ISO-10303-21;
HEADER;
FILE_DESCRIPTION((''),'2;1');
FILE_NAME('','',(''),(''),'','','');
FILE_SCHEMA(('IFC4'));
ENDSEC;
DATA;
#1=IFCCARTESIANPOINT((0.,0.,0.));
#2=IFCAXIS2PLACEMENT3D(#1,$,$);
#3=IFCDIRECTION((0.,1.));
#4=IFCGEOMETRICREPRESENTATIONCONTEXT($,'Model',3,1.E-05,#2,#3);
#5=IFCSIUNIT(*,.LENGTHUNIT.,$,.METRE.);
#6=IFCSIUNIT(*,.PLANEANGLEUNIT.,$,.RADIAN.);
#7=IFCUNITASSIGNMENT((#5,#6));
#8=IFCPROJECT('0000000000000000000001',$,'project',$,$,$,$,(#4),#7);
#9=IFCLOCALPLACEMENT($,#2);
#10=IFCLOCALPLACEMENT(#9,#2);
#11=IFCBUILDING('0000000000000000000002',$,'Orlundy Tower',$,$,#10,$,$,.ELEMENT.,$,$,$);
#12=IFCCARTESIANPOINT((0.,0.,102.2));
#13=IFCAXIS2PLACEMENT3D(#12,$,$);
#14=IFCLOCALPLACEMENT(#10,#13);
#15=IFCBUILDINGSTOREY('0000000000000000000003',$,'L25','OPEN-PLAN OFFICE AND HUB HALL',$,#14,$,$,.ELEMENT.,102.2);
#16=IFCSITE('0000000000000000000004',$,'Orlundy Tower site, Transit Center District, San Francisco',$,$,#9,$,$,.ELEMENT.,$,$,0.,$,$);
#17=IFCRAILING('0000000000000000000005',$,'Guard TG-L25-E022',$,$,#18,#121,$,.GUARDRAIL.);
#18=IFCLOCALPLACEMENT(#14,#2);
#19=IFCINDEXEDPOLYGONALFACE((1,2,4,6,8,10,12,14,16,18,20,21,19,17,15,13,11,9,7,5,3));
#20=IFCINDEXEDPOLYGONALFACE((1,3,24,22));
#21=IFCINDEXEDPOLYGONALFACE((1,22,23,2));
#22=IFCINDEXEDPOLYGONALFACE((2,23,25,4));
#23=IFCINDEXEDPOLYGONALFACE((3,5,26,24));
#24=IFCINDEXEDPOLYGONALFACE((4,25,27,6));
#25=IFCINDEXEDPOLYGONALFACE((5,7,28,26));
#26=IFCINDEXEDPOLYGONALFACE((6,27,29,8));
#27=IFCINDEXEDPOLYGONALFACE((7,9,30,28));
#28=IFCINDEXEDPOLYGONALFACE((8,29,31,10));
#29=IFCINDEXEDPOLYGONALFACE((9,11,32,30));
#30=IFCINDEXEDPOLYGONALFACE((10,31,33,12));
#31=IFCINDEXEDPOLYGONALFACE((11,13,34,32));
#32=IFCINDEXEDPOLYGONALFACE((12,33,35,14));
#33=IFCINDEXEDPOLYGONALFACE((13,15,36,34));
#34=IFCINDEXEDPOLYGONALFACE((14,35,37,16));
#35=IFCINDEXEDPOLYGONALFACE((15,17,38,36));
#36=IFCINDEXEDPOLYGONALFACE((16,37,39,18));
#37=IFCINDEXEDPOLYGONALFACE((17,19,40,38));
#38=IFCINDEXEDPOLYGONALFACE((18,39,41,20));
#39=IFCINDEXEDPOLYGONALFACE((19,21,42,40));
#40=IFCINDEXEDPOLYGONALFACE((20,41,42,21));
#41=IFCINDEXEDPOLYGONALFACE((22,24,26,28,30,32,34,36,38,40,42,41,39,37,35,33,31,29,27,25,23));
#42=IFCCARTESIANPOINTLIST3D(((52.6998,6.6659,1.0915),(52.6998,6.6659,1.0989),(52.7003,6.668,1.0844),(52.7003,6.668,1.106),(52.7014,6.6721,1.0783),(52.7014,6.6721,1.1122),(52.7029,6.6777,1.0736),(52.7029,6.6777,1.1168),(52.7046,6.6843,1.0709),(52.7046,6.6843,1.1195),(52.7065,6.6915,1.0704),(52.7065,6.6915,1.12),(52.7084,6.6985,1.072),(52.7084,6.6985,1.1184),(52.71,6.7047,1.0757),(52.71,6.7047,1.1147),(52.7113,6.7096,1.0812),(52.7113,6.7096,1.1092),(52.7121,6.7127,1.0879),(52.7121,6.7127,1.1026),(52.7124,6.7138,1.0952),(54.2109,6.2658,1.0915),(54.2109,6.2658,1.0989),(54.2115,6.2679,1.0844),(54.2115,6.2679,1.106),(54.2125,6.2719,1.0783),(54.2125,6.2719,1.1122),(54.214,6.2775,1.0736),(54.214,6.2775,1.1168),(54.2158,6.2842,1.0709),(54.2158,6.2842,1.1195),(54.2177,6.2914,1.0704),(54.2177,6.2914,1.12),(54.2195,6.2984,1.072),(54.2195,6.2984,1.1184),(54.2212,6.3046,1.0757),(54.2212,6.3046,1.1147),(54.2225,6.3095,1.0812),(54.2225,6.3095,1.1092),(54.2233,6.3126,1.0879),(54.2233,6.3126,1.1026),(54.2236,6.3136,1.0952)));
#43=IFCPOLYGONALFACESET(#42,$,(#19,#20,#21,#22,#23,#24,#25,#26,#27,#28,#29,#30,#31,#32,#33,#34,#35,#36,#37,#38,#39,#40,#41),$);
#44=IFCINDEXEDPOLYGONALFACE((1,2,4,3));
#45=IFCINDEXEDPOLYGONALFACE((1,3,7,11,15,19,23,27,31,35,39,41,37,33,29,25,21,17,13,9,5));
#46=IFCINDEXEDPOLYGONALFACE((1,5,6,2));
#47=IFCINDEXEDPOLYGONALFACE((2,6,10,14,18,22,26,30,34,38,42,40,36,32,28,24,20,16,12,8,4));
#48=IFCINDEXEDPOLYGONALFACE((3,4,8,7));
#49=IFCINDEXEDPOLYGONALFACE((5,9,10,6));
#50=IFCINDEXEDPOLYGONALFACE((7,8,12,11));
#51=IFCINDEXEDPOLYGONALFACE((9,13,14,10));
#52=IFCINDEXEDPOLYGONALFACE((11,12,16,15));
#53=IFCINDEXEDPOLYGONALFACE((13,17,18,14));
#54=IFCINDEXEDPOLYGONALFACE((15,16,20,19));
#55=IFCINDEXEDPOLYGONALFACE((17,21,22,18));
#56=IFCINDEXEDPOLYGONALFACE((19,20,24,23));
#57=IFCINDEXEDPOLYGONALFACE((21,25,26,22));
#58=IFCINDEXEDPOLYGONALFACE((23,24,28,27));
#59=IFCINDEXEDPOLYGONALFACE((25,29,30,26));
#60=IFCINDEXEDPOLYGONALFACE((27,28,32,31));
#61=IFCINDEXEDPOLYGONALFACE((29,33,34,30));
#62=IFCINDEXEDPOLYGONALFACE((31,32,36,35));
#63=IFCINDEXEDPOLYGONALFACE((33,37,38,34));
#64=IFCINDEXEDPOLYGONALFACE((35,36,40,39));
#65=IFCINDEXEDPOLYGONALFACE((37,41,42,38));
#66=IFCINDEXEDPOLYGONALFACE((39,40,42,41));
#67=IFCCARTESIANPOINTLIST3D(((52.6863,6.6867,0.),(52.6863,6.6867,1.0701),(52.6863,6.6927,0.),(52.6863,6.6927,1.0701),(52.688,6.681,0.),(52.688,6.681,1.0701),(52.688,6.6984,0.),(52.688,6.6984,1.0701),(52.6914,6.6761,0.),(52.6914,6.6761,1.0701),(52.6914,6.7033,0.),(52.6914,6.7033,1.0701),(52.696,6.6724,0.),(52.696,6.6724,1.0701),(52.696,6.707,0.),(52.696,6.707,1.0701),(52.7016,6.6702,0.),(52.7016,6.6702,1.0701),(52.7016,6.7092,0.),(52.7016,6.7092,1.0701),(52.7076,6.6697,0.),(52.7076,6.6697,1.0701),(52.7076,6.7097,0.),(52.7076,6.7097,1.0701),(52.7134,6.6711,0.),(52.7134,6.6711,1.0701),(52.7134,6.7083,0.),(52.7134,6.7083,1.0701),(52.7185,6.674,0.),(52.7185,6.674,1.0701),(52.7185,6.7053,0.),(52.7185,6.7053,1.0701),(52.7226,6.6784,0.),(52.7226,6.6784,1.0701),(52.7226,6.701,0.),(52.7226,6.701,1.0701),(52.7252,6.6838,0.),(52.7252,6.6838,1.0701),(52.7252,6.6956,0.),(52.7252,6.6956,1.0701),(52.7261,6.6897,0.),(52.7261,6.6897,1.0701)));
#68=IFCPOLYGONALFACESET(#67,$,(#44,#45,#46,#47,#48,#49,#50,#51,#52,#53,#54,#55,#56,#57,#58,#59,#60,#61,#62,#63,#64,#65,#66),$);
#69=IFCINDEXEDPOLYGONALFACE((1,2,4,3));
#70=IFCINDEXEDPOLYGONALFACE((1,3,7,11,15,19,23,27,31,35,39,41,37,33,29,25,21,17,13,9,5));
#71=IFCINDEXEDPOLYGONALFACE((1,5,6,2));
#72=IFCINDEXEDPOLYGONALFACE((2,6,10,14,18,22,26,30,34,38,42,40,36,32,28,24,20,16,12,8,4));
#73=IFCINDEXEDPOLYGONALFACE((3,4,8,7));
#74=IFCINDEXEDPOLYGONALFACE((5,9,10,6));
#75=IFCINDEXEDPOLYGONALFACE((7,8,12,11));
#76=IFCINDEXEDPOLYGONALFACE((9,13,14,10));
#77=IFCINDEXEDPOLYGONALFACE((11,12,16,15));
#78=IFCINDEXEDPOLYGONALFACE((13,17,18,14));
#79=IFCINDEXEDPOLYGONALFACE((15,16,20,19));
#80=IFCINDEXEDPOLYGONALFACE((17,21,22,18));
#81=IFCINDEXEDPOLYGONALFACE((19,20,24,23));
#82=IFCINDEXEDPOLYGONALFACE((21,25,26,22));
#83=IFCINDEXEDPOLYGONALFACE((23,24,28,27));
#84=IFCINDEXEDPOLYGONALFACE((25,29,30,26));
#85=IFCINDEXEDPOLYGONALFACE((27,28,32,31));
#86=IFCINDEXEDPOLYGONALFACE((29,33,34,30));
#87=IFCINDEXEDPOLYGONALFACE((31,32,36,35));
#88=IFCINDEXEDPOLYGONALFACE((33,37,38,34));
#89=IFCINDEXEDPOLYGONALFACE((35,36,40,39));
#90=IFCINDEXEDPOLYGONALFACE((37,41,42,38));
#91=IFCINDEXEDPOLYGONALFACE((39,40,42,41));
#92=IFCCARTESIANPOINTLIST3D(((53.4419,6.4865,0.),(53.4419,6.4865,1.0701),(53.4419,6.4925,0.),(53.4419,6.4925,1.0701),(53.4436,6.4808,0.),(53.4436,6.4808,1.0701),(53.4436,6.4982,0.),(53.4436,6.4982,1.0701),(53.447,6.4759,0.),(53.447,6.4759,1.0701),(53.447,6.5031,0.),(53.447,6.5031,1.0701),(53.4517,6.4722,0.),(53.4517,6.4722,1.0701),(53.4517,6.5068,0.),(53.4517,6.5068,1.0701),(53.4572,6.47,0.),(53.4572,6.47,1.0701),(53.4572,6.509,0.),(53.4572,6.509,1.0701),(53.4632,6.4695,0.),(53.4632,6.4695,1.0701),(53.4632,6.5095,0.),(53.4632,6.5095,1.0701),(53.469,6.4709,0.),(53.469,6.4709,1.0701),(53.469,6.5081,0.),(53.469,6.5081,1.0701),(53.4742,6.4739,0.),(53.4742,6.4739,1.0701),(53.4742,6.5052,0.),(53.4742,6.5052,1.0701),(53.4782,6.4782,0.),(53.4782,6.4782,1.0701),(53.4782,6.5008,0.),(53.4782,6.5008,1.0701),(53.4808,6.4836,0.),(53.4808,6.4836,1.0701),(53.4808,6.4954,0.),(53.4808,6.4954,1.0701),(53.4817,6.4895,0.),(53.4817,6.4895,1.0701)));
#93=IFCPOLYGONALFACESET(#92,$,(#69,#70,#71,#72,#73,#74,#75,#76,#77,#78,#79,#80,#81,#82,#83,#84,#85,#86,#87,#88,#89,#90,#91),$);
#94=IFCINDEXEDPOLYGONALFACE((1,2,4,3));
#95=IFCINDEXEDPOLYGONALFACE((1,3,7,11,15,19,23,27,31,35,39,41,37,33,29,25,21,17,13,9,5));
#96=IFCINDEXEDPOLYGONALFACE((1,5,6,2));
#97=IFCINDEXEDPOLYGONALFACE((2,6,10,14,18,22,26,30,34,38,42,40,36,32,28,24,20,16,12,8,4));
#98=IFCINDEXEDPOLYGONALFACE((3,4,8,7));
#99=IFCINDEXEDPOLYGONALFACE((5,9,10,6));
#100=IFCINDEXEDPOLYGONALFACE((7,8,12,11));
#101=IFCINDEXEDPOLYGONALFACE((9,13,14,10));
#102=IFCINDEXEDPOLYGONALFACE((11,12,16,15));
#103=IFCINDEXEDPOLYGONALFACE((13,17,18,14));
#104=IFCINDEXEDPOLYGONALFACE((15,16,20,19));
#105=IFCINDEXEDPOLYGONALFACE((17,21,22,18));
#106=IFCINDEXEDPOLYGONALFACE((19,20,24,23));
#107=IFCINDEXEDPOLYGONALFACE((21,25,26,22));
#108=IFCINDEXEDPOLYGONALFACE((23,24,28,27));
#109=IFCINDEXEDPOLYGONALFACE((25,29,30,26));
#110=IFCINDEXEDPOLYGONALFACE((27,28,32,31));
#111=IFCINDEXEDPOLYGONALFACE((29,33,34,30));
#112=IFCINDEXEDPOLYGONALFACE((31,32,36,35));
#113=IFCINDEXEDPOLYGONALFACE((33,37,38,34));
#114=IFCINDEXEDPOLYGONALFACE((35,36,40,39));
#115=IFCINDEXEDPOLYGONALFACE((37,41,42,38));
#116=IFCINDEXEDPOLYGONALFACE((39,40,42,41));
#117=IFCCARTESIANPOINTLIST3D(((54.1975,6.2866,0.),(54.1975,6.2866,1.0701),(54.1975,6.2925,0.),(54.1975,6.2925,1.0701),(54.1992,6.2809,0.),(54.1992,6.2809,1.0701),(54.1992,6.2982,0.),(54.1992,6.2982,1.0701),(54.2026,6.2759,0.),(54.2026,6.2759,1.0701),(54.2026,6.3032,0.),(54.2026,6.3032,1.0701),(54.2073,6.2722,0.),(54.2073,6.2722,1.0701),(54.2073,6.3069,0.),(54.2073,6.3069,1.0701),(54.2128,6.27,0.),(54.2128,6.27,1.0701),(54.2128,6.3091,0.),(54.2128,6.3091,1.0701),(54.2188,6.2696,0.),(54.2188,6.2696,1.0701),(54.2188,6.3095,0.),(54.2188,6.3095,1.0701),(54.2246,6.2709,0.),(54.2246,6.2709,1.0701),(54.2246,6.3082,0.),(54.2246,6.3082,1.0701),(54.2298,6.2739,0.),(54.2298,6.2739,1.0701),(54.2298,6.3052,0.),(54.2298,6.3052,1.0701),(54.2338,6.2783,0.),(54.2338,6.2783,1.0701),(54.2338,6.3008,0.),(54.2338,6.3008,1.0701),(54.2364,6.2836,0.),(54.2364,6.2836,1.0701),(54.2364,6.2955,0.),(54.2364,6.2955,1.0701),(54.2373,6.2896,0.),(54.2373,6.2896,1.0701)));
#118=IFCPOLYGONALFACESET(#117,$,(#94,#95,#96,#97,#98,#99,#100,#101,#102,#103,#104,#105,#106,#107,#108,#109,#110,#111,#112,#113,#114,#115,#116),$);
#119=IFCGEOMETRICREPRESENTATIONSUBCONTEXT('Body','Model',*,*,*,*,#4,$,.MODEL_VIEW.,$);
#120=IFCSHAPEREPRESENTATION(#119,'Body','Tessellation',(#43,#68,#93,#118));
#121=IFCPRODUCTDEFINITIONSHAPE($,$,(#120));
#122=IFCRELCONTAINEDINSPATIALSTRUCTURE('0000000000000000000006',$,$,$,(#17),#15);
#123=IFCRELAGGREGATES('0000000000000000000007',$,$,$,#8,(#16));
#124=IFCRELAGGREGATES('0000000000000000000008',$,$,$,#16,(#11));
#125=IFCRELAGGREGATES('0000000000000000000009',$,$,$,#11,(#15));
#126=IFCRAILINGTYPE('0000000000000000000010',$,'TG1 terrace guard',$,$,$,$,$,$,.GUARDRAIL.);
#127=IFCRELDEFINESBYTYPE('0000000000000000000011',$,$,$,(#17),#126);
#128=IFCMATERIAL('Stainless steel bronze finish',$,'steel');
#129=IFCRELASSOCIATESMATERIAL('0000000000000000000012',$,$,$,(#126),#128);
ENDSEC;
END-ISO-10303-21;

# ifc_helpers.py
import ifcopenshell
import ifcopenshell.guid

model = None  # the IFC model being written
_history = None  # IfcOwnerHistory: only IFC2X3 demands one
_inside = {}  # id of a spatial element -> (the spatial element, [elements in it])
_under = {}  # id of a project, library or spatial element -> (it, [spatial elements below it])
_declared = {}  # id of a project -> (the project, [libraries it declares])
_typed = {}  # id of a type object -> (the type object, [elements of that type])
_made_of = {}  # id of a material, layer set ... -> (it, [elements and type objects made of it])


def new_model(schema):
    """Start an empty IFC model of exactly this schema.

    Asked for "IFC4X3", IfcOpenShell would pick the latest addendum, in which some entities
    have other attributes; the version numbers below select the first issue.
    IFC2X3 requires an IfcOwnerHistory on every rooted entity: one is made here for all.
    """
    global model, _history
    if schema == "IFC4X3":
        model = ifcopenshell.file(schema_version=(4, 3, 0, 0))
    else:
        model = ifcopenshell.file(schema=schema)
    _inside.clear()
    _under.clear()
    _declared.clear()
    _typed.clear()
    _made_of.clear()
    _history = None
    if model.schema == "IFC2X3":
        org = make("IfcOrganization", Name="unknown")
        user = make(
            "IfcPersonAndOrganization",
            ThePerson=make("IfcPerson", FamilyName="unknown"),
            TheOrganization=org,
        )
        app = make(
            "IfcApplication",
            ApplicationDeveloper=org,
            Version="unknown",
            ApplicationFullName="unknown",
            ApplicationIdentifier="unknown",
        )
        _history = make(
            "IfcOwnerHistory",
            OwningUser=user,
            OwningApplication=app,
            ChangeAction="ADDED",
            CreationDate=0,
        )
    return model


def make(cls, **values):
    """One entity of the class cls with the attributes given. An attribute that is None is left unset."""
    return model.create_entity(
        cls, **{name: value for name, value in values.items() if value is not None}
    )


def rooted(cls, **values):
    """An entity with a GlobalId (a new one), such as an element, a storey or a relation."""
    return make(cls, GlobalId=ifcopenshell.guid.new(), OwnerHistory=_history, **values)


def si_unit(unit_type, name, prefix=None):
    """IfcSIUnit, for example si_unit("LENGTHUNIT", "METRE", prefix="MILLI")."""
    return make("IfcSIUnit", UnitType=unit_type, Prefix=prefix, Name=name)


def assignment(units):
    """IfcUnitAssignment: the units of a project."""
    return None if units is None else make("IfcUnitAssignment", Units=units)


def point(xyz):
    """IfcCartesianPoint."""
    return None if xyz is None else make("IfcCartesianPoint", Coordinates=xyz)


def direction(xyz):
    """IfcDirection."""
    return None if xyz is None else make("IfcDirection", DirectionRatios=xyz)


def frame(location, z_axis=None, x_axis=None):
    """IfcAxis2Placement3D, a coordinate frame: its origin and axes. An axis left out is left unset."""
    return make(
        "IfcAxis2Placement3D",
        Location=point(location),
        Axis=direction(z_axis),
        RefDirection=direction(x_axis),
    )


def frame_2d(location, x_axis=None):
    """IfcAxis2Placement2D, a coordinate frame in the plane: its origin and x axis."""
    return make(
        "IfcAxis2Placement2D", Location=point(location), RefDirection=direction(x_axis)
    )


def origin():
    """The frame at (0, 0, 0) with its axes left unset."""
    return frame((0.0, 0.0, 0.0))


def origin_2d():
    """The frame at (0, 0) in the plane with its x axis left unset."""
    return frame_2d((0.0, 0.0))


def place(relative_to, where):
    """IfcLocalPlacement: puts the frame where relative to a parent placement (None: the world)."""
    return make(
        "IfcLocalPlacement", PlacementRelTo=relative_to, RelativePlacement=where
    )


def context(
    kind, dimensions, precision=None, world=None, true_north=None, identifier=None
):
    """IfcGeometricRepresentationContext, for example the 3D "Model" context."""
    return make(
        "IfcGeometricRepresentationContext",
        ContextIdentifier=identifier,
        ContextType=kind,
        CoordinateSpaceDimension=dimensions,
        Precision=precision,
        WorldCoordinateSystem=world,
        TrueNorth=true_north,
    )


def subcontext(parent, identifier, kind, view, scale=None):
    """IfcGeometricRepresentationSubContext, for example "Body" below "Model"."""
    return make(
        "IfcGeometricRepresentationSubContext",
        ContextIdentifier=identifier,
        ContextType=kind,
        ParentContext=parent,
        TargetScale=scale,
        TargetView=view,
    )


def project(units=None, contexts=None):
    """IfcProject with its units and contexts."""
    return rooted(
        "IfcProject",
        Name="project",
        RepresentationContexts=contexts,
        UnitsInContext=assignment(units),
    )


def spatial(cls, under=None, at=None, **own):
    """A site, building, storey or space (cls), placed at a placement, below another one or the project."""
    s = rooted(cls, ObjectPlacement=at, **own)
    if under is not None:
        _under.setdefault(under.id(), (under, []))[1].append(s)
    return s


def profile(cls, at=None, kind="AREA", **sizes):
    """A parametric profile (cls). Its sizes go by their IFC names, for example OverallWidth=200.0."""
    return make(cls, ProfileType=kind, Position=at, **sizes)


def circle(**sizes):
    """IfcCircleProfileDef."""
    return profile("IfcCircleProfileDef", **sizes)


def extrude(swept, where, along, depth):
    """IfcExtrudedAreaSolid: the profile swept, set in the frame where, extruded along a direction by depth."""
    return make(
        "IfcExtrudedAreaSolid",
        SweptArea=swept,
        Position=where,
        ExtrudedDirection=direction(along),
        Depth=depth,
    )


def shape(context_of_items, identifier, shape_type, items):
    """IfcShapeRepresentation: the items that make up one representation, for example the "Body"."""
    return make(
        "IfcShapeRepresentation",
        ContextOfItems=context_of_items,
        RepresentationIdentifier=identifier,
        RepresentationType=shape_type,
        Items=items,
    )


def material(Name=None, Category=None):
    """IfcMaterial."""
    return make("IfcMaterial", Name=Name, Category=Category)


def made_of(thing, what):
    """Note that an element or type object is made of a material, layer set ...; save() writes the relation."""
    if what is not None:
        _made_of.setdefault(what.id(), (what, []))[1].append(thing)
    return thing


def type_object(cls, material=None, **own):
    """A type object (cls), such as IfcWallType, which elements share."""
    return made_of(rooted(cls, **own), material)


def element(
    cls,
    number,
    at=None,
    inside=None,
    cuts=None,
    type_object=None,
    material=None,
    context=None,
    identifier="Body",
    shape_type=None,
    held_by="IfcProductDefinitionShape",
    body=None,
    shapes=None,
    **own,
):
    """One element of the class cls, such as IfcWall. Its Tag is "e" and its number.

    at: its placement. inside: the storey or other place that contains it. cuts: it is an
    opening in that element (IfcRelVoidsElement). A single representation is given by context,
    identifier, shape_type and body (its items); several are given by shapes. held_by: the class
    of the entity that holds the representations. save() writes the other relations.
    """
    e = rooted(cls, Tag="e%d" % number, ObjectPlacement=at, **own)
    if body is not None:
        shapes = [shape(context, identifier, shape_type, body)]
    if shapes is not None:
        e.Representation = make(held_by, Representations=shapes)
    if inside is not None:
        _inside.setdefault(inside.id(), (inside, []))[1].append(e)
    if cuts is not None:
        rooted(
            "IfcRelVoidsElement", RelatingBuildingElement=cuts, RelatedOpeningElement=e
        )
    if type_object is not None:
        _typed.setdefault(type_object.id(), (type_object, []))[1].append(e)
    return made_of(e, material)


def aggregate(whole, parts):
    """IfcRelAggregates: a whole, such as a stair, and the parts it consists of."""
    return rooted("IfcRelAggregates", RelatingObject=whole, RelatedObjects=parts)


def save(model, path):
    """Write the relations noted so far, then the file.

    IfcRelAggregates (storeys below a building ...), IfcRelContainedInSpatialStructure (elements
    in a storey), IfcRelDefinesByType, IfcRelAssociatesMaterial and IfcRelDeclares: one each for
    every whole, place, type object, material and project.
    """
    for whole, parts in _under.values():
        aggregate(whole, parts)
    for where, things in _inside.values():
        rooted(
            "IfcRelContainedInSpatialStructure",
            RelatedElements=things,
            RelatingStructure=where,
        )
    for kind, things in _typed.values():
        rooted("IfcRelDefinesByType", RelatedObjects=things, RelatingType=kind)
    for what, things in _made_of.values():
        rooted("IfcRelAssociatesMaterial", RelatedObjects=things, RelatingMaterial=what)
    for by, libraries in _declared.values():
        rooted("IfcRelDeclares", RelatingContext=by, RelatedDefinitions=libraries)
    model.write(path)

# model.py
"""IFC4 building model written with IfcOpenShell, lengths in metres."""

from ifc_helpers import new_model, si_unit, direction, frame, origin, origin_2d, place, context, subcontext, project, spatial, circle, extrude, material, type_object, element, save


model = new_model("IFC4")

# Units and contexts
model_context = context("Model", 3, precision=1e-05, world=origin(), true_north=direction((0.0, 1.0)))
body_context = subcontext(model_context, "Body", "Model", "MODEL_VIEW")
ifc_project = project(units=[si_unit("LENGTHUNIT", "METRE"), si_unit("PLANEANGLEUNIT", "RADIAN")], contexts=[model_context])

# Site, building, storey
site_placement = place(None, origin())
site = spatial("IfcSite", under=ifc_project, at=site_placement, Name="Orlundy Tower site, Transit Center District, San Francisco", CompositionType="ELEMENT", RefElevation=0.0)
building_placement = place(site_placement, origin())
building = spatial("IfcBuilding", under=site, at=building_placement, Name="Orlundy Tower", CompositionType="ELEMENT")
storey_placement = place(building_placement, frame((0.0, 0.0, 102.2)))
storey = spatial("IfcBuildingStorey", under=building, at=storey_placement, Name="L25", Description="OPEN-PLAN OFFICE AND HUB HALL", CompositionType="ELEMENT", Elevation=102.2)

# Railing
ifc_material_1 = material(Name="Stainless steel bronze finish", Category="steel")
railing_type = type_object("IfcRailingType", Name="TG1 terrace guard", PredefinedType="GUARDRAIL", material=ifc_material_1)
railing_1_placement = place(storey_placement, frame((52.7061, 6.6897, 0.0)))
element("IfcRailing", 1, at=railing_1_placement, inside=storey, type_object=railing_type, Name="Guard TG-L25-E022", PredefinedType="GUARDRAIL", context=body_context, shape_type="SweptSolid", body=[
    extrude(circle(Radius=0.0249, at=origin_2d()), frame((0.0, 0.0, 1.0952), z_axis=(0.966687, -0.255961, 0.0), x_axis=(0.255961, 0.966687, 0.0)), (0.0, 0.0, 1.0), 1.5632),
    extrude(circle(Radius=0.02, at=origin_2d()), origin(), (0.0, 0.0, 1.0), 1.0701),
    extrude(circle(Radius=0.02, at=origin_2d()), frame((0.7556, -0.2002, 0.0)), (0.0, 0.0, 1.0), 1.0701),
    extrude(circle(Radius=0.02, at=origin_2d()), frame((1.5112, -0.4001, 0.0)), (0.0, 0.0, 1.0), 1.0701),
])

save(model, "model.ifc")
